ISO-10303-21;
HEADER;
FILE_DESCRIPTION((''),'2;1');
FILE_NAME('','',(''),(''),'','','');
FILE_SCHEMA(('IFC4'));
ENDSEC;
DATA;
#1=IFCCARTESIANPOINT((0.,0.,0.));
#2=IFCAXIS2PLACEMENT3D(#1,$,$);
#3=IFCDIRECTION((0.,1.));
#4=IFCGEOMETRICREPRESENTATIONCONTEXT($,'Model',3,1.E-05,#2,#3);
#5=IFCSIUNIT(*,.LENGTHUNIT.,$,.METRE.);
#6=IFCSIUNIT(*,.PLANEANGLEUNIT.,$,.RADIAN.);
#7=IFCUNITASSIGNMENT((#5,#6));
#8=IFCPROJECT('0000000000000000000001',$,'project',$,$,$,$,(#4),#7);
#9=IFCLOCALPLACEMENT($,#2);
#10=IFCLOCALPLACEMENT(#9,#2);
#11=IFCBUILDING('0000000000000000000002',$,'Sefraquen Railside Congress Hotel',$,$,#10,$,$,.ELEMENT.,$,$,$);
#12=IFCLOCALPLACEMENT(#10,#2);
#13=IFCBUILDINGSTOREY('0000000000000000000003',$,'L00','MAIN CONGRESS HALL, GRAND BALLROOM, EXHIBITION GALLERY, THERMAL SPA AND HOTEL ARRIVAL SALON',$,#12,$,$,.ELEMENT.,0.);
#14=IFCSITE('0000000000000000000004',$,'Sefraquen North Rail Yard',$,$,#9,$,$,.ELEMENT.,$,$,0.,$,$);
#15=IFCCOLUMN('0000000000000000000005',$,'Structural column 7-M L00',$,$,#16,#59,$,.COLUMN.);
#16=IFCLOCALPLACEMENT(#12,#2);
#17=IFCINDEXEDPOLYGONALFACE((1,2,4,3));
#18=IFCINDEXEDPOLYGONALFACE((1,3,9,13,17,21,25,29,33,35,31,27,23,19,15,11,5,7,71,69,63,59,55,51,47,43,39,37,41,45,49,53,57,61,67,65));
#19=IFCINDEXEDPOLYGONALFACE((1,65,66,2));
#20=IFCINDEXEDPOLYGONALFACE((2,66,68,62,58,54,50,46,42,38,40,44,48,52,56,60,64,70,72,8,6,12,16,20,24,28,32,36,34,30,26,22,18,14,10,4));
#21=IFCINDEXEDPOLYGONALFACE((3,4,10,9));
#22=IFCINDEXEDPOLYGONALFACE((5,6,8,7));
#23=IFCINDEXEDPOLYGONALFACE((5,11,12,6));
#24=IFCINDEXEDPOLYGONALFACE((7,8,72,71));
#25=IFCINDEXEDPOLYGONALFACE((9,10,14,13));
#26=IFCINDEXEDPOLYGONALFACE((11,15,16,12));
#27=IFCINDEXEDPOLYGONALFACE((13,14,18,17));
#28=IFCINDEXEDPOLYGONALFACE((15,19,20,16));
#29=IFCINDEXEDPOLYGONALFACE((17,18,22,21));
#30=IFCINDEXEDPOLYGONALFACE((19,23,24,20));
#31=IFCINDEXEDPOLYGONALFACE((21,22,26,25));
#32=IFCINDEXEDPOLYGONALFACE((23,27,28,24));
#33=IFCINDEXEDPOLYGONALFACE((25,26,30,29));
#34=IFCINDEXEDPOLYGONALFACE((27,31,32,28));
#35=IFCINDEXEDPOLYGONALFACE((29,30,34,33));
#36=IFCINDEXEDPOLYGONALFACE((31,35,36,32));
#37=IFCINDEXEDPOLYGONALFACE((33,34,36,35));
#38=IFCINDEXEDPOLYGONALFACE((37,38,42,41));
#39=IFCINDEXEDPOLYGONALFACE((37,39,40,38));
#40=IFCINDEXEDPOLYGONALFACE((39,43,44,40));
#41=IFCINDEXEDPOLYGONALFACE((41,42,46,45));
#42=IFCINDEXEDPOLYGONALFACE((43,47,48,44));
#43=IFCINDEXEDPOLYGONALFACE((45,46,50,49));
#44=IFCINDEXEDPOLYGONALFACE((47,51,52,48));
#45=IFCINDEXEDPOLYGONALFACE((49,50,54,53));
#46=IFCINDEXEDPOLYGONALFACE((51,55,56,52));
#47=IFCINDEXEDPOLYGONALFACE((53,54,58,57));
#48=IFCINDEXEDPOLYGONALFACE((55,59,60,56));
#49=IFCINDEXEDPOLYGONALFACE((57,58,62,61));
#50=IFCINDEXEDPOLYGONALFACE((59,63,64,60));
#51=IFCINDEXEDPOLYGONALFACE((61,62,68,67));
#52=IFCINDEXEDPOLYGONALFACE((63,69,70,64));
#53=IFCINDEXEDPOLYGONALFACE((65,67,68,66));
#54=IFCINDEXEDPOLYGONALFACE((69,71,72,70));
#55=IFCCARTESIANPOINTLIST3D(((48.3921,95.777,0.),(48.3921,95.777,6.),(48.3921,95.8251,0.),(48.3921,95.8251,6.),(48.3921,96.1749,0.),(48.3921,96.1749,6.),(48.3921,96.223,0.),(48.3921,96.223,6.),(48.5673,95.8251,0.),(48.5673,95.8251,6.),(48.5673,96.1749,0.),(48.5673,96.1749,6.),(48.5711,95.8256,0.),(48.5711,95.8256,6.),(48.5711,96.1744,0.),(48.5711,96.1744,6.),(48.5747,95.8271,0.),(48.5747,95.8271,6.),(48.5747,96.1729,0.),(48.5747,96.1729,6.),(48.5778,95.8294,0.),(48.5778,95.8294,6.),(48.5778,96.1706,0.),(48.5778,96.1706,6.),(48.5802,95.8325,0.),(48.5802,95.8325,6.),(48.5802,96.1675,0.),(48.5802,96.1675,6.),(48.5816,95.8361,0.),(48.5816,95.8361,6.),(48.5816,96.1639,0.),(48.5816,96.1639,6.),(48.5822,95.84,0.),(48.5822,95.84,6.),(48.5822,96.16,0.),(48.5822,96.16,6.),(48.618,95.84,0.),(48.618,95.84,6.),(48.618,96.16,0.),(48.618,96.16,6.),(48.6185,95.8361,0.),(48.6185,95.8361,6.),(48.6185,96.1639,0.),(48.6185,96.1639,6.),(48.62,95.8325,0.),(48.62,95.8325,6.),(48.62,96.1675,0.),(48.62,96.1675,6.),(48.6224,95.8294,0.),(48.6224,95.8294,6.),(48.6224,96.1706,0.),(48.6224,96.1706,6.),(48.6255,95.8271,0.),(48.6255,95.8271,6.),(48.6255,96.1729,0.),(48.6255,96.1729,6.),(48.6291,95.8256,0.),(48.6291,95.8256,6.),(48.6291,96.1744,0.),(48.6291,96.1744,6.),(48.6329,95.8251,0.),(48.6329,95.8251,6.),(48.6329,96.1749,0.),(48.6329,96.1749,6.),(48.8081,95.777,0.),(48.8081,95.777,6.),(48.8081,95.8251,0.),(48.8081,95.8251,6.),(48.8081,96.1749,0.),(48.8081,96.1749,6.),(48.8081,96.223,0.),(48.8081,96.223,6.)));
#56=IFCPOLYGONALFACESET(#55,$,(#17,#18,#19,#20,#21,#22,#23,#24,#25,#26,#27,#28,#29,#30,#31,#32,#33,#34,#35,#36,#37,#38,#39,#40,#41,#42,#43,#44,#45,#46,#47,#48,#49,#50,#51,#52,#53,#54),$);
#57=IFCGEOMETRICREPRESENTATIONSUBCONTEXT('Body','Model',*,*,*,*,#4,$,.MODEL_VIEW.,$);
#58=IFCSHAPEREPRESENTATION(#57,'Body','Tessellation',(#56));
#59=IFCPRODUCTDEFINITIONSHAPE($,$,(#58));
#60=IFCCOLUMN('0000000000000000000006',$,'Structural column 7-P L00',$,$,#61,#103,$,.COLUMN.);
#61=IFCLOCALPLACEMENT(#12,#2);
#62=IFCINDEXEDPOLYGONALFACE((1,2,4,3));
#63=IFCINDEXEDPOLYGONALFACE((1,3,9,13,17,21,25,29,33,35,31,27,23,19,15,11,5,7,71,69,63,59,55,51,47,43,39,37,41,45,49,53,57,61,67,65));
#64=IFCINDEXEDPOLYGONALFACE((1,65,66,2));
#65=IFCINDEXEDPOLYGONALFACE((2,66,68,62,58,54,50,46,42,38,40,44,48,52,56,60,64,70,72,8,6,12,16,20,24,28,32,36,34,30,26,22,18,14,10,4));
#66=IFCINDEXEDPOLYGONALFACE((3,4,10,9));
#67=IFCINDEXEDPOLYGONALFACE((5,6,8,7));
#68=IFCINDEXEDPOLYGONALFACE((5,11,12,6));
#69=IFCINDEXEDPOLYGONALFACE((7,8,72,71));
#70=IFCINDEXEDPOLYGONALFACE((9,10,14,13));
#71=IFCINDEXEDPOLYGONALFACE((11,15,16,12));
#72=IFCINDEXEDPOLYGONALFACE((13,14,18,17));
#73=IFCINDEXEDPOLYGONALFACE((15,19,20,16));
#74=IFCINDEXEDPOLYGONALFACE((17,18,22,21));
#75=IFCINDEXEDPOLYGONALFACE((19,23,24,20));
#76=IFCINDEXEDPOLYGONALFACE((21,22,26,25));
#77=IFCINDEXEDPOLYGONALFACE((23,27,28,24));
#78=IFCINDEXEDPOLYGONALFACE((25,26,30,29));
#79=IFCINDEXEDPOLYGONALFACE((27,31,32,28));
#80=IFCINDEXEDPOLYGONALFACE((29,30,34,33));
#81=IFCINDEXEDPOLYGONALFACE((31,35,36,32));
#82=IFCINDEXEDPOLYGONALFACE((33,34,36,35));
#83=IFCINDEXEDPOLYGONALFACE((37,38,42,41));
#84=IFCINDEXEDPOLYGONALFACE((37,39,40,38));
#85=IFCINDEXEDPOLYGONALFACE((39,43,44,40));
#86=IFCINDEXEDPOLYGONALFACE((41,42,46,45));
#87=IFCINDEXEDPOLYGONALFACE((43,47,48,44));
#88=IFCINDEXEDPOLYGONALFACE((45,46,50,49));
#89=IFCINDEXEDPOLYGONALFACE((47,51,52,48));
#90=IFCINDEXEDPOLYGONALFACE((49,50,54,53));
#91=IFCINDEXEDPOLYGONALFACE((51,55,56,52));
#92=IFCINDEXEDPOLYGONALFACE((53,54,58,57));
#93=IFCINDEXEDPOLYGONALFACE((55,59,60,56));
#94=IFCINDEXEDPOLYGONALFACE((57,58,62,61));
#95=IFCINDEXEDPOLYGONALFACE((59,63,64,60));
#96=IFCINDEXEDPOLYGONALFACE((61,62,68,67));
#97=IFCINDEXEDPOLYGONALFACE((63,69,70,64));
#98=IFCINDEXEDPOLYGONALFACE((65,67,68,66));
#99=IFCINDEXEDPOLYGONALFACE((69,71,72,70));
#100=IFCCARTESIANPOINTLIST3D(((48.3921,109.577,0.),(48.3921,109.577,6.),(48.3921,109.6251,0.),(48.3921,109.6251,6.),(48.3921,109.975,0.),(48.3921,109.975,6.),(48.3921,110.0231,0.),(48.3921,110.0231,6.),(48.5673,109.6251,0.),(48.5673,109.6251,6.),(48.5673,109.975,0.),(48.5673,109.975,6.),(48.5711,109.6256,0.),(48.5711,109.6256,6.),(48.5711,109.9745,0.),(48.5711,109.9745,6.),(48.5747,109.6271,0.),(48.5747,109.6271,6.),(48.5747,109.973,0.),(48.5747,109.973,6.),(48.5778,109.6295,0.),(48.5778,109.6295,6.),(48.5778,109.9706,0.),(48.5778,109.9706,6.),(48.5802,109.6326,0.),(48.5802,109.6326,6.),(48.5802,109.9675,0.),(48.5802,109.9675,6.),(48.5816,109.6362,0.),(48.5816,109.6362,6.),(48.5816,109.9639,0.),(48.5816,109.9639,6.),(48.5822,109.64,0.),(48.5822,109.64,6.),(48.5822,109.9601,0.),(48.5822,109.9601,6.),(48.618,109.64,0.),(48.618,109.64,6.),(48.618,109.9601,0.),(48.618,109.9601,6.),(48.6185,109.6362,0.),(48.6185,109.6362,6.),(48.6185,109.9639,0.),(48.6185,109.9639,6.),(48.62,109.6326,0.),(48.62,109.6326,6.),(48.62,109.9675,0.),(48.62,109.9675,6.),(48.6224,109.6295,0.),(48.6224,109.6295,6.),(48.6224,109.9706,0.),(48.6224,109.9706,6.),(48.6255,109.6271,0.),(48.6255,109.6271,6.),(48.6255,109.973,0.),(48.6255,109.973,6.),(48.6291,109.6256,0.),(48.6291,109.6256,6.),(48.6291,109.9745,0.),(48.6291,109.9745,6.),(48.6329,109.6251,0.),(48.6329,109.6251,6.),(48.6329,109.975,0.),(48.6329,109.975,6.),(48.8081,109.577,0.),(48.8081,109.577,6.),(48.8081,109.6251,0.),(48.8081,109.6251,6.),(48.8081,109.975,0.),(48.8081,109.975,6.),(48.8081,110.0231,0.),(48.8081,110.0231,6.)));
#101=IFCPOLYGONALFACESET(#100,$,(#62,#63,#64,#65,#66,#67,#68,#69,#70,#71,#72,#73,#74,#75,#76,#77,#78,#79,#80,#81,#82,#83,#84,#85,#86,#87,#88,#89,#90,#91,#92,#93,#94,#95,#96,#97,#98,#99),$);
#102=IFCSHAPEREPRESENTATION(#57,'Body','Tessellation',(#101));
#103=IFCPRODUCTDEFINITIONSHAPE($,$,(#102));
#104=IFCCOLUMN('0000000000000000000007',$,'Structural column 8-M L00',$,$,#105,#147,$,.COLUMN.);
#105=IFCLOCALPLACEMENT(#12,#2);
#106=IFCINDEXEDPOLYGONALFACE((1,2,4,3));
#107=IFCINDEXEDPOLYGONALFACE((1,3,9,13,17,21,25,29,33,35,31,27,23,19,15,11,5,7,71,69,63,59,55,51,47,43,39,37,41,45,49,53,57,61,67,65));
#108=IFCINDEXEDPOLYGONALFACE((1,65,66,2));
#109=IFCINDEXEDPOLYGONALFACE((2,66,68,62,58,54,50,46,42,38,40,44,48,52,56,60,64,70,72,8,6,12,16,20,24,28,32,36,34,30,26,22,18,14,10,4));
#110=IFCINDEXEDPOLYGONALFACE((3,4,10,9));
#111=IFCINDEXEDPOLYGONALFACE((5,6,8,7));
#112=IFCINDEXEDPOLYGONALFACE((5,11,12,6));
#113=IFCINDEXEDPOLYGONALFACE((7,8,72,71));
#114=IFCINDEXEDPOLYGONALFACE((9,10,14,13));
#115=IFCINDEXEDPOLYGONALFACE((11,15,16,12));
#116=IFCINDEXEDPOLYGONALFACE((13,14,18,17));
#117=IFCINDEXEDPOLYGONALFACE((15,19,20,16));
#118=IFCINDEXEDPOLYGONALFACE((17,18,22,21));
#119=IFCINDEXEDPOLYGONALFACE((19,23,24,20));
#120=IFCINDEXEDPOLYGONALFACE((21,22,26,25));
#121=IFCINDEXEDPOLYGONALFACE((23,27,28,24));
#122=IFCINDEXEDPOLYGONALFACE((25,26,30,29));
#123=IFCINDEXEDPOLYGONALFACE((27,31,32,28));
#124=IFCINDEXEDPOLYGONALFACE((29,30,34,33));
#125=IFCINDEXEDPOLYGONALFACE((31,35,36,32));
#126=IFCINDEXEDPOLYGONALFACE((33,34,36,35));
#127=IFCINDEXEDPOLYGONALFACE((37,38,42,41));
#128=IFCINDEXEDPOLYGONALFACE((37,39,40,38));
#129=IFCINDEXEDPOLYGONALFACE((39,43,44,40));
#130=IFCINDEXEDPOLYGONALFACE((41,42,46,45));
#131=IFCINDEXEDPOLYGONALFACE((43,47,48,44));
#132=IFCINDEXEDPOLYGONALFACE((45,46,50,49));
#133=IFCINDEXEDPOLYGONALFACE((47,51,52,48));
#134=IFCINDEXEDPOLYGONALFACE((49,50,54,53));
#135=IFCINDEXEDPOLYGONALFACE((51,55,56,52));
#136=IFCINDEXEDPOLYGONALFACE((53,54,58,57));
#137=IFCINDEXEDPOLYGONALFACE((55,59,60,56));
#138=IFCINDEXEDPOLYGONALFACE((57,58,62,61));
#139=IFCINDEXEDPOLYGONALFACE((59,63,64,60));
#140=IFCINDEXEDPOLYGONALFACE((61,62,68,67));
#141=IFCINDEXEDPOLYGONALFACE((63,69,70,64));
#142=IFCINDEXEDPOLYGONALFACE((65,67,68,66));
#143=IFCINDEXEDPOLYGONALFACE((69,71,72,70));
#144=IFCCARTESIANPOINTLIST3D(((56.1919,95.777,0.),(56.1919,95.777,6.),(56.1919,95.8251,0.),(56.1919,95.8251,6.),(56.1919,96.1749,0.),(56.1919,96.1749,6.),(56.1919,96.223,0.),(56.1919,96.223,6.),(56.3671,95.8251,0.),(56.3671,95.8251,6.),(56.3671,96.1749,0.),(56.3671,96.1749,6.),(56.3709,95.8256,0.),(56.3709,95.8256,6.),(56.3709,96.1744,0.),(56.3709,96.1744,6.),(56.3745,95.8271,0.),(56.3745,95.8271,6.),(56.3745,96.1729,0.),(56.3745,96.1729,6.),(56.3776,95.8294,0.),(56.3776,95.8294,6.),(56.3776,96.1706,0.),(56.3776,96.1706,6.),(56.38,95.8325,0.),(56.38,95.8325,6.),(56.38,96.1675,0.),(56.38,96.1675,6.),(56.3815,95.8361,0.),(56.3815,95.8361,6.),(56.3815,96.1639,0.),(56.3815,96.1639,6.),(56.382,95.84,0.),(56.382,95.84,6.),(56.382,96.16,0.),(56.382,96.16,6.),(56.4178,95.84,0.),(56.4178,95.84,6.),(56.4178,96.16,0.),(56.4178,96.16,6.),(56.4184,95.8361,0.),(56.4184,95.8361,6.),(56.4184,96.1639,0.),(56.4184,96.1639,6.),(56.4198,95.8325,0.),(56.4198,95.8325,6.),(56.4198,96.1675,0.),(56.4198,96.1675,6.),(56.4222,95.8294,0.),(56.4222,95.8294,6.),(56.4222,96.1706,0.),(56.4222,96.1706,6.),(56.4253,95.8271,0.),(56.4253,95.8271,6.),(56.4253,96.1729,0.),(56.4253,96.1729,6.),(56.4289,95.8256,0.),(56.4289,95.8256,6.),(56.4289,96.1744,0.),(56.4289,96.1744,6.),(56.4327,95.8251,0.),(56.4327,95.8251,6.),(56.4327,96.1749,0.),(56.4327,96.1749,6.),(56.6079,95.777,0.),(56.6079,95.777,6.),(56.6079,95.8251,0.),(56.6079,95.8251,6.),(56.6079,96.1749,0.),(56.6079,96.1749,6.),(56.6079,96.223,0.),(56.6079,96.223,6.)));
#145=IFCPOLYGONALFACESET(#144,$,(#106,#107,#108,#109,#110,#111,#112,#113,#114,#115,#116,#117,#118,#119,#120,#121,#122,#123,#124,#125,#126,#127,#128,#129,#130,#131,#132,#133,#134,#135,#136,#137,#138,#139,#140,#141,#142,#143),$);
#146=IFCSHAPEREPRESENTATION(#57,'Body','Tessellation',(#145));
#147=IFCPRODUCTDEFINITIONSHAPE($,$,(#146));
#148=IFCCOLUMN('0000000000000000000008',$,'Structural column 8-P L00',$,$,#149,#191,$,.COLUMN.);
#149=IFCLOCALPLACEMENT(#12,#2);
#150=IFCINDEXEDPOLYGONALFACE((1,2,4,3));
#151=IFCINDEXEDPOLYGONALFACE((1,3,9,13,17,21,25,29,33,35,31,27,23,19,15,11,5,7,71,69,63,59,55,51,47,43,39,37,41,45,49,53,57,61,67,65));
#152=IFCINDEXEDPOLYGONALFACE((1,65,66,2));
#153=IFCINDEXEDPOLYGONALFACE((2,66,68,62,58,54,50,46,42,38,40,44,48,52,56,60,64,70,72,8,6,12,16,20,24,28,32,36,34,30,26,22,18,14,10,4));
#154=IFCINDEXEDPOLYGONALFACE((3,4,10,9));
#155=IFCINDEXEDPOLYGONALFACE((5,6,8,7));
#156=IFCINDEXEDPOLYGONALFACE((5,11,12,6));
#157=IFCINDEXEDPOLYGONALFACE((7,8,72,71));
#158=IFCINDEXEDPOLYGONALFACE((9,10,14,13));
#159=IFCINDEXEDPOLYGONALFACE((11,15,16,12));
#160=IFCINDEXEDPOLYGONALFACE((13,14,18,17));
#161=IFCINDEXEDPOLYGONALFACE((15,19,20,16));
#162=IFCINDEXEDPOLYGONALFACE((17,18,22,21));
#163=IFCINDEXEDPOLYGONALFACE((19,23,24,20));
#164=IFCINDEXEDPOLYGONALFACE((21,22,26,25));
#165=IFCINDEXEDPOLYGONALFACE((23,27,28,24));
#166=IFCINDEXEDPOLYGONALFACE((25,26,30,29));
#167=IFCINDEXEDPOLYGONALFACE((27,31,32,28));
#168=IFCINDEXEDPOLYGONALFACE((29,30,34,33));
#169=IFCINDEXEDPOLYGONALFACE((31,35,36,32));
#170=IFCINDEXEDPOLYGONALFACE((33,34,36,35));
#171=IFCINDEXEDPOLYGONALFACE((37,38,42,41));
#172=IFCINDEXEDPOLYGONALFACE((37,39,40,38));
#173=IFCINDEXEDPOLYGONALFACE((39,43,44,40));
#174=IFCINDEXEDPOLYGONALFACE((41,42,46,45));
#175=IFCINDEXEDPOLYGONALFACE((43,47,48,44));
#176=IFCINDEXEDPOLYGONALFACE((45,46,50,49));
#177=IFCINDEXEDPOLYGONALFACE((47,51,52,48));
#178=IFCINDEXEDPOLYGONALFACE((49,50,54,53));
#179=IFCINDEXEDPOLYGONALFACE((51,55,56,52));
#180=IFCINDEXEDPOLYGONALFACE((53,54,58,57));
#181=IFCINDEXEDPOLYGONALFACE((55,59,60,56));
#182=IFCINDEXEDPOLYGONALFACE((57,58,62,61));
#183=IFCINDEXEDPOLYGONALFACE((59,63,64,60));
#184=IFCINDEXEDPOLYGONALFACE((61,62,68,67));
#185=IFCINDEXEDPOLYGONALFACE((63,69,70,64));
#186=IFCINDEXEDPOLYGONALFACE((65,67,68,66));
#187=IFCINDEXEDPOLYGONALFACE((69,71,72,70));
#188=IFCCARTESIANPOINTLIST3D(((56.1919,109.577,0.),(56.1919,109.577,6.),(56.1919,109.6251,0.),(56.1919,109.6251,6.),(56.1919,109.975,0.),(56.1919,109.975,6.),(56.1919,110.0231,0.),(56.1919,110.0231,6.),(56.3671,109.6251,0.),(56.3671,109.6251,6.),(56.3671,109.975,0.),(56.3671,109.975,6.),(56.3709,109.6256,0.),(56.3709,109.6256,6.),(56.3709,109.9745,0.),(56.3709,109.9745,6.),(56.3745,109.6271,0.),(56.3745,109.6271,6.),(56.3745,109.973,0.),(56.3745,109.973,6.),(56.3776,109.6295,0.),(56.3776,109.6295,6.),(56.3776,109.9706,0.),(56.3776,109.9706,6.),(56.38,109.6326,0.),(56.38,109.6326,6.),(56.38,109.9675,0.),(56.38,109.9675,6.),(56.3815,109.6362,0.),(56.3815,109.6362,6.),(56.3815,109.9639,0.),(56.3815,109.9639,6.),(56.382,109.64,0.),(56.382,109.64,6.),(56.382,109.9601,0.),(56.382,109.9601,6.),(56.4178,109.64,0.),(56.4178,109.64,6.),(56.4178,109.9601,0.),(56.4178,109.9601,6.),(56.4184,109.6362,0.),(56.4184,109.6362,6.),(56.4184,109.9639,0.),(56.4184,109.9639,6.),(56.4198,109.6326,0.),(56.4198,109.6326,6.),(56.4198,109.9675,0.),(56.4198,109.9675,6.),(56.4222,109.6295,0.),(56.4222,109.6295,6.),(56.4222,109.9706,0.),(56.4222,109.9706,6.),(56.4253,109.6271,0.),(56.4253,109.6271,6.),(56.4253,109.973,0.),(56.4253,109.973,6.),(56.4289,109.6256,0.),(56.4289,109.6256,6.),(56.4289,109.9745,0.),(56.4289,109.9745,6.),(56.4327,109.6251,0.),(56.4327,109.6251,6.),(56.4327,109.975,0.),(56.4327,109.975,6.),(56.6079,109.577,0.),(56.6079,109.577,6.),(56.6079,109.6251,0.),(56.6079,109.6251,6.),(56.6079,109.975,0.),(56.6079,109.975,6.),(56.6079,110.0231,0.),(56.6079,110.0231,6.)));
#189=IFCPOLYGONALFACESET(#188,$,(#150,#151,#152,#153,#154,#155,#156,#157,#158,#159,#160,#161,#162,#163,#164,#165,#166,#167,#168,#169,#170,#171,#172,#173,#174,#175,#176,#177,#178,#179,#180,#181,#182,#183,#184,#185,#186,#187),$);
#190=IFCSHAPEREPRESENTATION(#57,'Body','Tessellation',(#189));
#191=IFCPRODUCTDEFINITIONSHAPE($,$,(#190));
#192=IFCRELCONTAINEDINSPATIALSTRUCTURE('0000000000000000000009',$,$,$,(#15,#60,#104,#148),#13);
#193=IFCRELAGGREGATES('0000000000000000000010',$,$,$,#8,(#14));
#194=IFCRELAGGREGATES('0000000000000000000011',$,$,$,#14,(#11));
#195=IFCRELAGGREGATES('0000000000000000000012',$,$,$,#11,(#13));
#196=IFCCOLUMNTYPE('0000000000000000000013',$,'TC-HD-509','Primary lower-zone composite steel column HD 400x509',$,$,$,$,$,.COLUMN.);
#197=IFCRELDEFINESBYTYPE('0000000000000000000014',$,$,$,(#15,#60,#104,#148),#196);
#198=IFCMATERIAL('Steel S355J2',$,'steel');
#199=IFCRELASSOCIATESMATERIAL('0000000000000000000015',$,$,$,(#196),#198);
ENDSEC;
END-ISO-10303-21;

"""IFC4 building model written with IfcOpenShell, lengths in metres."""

from ifc_helpers import new_model, si_unit, direction, frame, origin, origin_2d, place, context, subcontext, project, spatial, i_section, extrude, material, material_profile, profile_set, type_object, element, save


model = new_model("IFC4")

# Units and contexts
model_context = context("Model", 3, precision=1e-05, world=origin(), true_north=direction((0.0, 1.0)))
body_context = subcontext(model_context, "Body", "Model", "MODEL_VIEW")
ifc_project = project(units=[si_unit("LENGTHUNIT", "METRE"), si_unit("PLANEANGLEUNIT", "RADIAN")], contexts=[model_context])

# Site, building, storey
site_placement = place(None, origin())
site = spatial("IfcSite", under=ifc_project, at=site_placement, Name="Sefraquen North Rail Yard", CompositionType="ELEMENT", RefElevation=0.0)
building_placement = place(site_placement, origin())
building = spatial("IfcBuilding", under=site, at=building_placement, Name="Sefraquen Railside Congress Hotel", CompositionType="ELEMENT")
storey_placement = place(building_placement, origin())
storey = spatial("IfcBuildingStorey", under=building, at=storey_placement, Name="L00", Description="MAIN CONGRESS HALL, GRAND BALLROOM, EXHIBITION GALLERY, THERMAL SPA AND HOTEL ARRIVAL SALON", CompositionType="ELEMENT", Elevation=0.0)

# Columns
ifc_material_1 = material(Name="Steel S355J2", Category="steel")
ifc_material_profile_1 = material_profile(ifc_material_1, i_section(OverallWidth=0.416, OverallDepth=0.446, WebThickness=0.0359, FlangeThickness=0.0481, FilletRadius=0.0149, at=origin_2d()), Name="HD 400x509")
ifc_profile_set_1 = profile_set([ifc_material_profile_1], Name="Steel S355J2")
column_type_1 = type_object("IfcColumnType", Name="TC-HD-509", Description="Primary lower-zone composite steel column HD 400x509", PredefinedType="COLUMN", material=ifc_profile_set_1)
for number, where, z_axis, x_axis, name in (
    (1, (48.6001, 96.0, 0.0), (0.0, 0.0, 1.0), (1.0, 0.0, 0.0), "Structural column 7-M L00"),
    (2, (48.6001, 109.8, 0.0), (0.0, 0.0, 1.0), (1.0, 0.0, 0.0), "Structural column 7-P L00"),
    (3, (56.3999, 96.0, 0.0), (0.0, 0.0, 1.0), (1.0, 0.0, 0.0), "Structural column 8-M L00"),
    (4, (56.3999, 109.8, 0.0), (0.0, 0.0, 1.0), (1.0, 0.0, 0.0), "Structural column 8-P L00"),
):
    element("IfcColumn", number, at=place(storey_placement, frame(where, z_axis=z_axis, x_axis=x_axis)), inside=storey, type_object=column_type_1, Name=name, PredefinedType="COLUMN", context=body_context, shape_type="SweptSolid", body=[
        extrude(i_section(OverallWidth=0.416, OverallDepth=0.446, WebThickness=0.0359, FlangeThickness=0.0481, FilletRadius=0.0149, at=origin_2d()), origin(), (0.0, 0.0, 1.0), 6.0),
    ])

save(model, "model.ifc")
